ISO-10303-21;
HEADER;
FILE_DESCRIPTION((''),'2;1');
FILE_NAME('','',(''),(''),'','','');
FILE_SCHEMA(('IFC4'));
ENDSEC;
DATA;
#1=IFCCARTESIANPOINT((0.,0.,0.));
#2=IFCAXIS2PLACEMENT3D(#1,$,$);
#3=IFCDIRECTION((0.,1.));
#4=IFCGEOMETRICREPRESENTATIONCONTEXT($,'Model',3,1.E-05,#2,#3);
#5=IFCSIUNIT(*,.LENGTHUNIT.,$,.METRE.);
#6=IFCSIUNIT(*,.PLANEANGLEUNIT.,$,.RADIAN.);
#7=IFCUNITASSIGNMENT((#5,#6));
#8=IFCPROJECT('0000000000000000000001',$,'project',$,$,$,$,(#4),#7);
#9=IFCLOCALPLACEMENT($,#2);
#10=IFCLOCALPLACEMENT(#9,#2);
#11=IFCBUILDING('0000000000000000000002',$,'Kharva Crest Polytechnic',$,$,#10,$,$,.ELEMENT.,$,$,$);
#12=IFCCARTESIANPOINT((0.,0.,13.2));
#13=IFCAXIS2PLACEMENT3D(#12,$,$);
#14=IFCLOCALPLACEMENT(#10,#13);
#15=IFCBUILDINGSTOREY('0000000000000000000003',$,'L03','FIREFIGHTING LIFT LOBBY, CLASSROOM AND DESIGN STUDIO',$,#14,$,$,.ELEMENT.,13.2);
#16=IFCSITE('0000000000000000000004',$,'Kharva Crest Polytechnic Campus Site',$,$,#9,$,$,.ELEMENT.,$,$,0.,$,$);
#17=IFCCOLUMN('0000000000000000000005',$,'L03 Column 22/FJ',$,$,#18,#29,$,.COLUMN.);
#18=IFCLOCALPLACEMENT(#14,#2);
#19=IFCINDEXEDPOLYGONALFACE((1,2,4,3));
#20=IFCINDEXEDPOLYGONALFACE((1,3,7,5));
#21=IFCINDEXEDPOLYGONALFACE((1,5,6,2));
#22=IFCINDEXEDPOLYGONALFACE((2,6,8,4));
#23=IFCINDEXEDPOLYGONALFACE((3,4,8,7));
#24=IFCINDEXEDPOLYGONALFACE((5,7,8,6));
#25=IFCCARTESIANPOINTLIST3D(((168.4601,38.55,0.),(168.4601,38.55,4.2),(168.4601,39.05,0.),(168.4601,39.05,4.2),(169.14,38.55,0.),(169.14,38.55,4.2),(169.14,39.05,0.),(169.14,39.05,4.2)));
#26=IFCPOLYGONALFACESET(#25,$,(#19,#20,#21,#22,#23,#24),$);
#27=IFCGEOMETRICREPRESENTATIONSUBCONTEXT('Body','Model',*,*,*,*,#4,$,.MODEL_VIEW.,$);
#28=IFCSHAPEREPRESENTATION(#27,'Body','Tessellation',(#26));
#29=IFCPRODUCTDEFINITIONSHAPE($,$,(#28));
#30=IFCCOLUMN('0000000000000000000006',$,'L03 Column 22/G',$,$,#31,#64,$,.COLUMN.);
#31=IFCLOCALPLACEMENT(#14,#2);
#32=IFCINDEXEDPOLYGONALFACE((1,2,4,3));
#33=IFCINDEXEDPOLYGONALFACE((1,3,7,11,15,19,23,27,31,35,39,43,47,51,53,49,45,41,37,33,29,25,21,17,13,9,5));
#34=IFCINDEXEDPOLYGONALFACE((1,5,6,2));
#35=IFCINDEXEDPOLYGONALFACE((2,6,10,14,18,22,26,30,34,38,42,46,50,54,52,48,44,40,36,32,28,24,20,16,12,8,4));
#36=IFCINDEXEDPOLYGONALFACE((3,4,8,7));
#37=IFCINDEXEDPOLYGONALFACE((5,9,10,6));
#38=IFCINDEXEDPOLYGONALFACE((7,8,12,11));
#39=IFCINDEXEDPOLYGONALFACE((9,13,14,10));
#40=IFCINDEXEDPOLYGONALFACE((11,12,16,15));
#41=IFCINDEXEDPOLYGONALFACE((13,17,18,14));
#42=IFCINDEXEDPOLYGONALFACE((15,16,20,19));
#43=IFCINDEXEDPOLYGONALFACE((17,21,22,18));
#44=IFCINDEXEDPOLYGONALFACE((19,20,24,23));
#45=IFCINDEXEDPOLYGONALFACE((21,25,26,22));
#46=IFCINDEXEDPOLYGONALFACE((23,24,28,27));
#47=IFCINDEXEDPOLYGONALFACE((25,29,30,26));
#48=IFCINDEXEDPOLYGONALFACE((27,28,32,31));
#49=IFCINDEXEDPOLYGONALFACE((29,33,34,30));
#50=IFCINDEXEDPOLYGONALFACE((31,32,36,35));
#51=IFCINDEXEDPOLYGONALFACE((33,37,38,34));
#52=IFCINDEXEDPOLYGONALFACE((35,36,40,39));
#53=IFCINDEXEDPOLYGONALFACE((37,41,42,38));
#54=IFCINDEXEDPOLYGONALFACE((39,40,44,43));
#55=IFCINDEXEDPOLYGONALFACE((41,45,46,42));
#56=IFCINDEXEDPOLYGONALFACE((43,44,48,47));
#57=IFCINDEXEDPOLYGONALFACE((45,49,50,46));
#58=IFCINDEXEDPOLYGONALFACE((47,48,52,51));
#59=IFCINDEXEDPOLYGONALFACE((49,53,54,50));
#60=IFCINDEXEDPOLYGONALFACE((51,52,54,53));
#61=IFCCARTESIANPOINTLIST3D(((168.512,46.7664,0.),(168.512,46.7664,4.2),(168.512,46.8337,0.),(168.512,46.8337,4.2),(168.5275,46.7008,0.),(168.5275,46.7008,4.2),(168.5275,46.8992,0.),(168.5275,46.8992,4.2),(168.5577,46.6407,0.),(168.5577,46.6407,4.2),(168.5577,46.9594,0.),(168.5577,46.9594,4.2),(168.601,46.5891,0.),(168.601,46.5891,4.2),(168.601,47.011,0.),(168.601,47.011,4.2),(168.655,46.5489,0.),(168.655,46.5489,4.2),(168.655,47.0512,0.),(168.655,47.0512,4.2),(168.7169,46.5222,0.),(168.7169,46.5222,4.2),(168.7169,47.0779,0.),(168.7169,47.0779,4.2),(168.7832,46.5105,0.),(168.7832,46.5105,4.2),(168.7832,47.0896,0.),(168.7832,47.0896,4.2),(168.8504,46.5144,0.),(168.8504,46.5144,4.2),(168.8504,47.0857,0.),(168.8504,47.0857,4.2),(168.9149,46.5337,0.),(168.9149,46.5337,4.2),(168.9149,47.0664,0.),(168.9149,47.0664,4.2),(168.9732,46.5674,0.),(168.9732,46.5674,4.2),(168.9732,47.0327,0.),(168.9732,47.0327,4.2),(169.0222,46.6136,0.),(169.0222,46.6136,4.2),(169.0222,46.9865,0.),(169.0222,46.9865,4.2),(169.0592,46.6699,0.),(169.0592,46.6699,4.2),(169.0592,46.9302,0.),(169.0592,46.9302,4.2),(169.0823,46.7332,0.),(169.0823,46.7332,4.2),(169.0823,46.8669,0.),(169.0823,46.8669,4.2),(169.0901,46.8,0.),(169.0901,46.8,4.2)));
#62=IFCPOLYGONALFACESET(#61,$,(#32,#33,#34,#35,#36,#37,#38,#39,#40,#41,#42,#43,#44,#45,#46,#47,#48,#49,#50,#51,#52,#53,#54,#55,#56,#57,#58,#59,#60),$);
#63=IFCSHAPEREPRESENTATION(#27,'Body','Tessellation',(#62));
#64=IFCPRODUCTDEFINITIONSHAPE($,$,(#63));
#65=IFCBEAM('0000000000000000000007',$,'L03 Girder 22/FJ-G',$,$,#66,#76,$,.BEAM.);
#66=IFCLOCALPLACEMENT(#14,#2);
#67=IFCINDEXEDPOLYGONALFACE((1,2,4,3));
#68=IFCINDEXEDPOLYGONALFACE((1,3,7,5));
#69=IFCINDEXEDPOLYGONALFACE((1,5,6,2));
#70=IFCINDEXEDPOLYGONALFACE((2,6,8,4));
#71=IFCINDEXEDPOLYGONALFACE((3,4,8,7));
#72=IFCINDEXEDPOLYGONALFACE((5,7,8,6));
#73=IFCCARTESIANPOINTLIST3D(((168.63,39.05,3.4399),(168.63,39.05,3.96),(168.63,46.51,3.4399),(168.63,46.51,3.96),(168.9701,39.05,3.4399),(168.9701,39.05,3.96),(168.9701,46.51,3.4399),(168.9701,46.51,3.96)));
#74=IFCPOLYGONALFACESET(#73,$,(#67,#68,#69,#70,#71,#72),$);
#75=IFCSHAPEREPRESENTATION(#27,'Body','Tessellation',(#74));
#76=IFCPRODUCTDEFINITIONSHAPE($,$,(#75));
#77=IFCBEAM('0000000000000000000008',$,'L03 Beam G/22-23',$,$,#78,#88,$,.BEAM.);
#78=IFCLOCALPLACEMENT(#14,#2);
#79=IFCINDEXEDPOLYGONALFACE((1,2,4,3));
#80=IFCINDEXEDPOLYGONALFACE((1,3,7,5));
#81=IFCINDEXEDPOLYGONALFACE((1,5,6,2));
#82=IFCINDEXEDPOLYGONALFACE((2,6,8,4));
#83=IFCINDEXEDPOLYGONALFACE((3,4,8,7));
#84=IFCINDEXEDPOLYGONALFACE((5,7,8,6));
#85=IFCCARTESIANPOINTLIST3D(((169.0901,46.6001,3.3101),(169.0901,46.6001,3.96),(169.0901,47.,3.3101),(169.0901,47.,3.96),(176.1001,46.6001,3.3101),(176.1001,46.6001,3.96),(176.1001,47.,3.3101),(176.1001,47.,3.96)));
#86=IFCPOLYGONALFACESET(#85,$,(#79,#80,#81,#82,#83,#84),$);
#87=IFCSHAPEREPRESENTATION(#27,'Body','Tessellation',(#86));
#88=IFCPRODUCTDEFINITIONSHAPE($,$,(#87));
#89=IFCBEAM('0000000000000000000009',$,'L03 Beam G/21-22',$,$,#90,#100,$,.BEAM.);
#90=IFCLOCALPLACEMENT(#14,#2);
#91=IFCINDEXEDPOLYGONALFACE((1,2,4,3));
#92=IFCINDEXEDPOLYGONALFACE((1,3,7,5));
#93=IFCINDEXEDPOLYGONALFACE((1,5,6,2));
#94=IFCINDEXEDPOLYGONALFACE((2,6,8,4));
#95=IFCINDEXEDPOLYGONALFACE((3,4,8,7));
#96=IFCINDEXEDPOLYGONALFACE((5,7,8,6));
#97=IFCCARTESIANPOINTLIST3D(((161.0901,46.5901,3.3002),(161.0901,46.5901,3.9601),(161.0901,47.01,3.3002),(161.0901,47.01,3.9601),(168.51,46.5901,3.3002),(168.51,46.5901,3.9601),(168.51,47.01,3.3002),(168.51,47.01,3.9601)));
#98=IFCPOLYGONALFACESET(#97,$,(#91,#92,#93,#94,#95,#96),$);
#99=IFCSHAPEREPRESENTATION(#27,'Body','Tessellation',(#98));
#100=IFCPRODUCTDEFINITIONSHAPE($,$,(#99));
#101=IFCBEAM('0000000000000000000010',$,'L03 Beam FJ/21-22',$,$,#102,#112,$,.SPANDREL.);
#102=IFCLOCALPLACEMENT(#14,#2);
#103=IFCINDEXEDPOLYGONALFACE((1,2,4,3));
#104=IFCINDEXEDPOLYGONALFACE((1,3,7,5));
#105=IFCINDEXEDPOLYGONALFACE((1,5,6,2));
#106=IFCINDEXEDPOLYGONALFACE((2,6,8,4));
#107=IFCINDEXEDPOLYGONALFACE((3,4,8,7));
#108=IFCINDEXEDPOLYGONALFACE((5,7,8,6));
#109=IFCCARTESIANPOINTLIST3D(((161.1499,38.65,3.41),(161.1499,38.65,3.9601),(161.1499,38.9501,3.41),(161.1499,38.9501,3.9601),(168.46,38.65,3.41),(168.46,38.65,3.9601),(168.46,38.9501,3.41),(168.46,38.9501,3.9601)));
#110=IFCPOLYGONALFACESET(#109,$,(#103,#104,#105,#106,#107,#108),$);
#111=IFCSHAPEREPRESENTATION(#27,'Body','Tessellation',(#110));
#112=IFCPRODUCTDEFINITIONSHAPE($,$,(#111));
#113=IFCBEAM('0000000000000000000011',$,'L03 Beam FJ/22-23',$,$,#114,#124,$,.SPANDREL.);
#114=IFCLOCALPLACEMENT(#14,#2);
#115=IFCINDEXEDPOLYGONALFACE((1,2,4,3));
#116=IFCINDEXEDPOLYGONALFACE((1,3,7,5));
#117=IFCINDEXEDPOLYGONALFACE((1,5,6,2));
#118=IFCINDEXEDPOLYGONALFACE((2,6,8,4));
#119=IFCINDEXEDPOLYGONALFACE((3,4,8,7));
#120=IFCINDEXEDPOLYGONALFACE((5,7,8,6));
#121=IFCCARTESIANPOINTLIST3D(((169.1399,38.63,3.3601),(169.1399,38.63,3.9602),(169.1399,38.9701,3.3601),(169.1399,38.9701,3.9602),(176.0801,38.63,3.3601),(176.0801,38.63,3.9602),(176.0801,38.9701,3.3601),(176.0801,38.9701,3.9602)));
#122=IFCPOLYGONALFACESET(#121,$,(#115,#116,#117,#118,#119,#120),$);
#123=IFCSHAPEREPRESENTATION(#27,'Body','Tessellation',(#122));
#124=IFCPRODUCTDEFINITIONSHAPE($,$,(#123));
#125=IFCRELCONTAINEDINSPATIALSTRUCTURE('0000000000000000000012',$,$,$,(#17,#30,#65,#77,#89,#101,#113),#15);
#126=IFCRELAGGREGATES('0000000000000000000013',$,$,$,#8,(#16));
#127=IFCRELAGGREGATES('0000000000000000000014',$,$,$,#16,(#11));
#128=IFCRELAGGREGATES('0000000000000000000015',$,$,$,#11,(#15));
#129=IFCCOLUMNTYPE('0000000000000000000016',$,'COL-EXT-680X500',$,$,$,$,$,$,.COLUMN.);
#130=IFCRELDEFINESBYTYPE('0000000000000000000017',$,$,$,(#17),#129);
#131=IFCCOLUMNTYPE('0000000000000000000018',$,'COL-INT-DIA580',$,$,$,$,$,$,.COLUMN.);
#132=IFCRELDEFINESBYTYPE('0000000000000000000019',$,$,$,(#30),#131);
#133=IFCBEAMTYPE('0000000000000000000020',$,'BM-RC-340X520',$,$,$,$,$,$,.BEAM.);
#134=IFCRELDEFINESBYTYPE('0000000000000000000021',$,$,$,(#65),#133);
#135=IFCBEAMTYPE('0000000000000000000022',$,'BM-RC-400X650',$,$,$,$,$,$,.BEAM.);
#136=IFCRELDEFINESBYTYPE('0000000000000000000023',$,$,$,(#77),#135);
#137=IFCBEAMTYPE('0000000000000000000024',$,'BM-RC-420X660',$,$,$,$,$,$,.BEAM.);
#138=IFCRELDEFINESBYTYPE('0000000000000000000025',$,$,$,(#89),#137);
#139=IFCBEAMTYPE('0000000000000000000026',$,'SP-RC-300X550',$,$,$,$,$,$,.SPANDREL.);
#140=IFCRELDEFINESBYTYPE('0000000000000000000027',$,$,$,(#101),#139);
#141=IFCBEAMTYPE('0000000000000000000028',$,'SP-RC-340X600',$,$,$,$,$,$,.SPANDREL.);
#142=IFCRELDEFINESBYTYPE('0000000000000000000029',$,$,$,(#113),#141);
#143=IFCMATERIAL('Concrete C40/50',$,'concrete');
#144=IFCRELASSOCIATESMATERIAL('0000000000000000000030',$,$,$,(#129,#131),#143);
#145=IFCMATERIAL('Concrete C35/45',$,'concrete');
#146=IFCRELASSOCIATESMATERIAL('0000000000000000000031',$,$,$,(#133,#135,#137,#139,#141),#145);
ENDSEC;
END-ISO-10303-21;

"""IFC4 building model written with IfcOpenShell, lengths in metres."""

from ifc_helpers import new_model, si_unit, direction, frame, origin, origin_2d, place, context, subcontext, project, spatial, rectangle, circle, extrude, material, material_profile, profile_set, type_object, element, save


model = new_model("IFC4")

# Units and contexts
model_context = context("Model", 3, precision=1e-05, world=origin(), true_north=direction((0.0, 1.0)))
body_context = subcontext(model_context, "Body", "Model", "MODEL_VIEW")
ifc_project = project(units=[si_unit("LENGTHUNIT", "METRE"), si_unit("PLANEANGLEUNIT", "RADIAN")], contexts=[model_context])

# Site, building, storey
site_placement = place(None, origin())
site = spatial("IfcSite", under=ifc_project, at=site_placement, Name="Kharva Crest Polytechnic Campus Site", CompositionType="ELEMENT", RefElevation=0.0)
building_placement = place(site_placement, origin())
building = spatial("IfcBuilding", under=site, at=building_placement, Name="Kharva Crest Polytechnic", CompositionType="ELEMENT")
storey_placement = place(building_placement, frame((0.0, 0.0, 13.2)))
storey = spatial("IfcBuildingStorey", under=building, at=storey_placement, Name="L03", Description="FIREFIGHTING LIFT LOBBY, CLASSROOM AND DESIGN STUDIO", CompositionType="ELEMENT", Elevation=13.2)

# Columns
ifc_material_1 = material(Name="Concrete C40/50", Category="concrete")
ifc_material_profile_1 = material_profile(ifc_material_1, rectangle(XDim=0.6799, YDim=0.5, at=origin_2d()), Name="RECT 680 X 500")
ifc_profile_set_1 = profile_set([ifc_material_profile_1], Name="Concrete C40/50")
column_type_1 = type_object("IfcColumnType", Name="COL-EXT-680X500", PredefinedType="COLUMN", material=ifc_profile_set_1)
column_1_placement = place(storey_placement, frame((168.8, 38.8, 0.0), z_axis=(0.0, 0.0, 1.0), x_axis=(1.0, 0.0, 0.0)))
element("IfcColumn", 1, at=column_1_placement, inside=storey, type_object=column_type_1, Name="L03 Column 22/FJ", PredefinedType="COLUMN", context=body_context, shape_type="SweptSolid", body=[
    extrude(rectangle(XDim=0.6799, YDim=0.5, at=origin_2d()), origin(), (0.0, 0.0, 1.0), 4.2),
])
ifc_material_profile_2 = material_profile(ifc_material_1, circle(Radius=0.29, at=origin_2d()), Name="DIA 580")
ifc_profile_set_2 = profile_set([ifc_material_profile_2], Name="Concrete C40/50")
column_type_2 = type_object("IfcColumnType", Name="COL-INT-DIA580", PredefinedType="COLUMN", material=ifc_profile_set_2)
column_2_placement = place(storey_placement, frame((168.8, 46.8, 0.0), z_axis=(0.0, 0.0, 1.0), x_axis=(1.0, 0.0, 0.0)))
element("IfcColumn", 2, at=column_2_placement, inside=storey, type_object=column_type_2, Name="L03 Column 22/G", PredefinedType="COLUMN", context=body_context, shape_type="SweptSolid", body=[
    extrude(circle(Radius=0.29, at=origin_2d()), origin(), (0.0, 0.0, 1.0), 4.2),
])

# Beams
ifc_material_2 = material(Name="Concrete C35/45", Category="concrete")
ifc_material_profile_3 = material_profile(ifc_material_2, rectangle(XDim=0.3401, YDim=0.52, at=origin_2d()), Name="RECT 340 X 520")
ifc_profile_set_3 = profile_set([ifc_material_profile_3], Name="Concrete C35/45")
beam_type_1 = type_object("IfcBeamType", Name="BM-RC-340X520", PredefinedType="BEAM", material=ifc_profile_set_3)
beam_1_placement = place(storey_placement, frame((168.8, 39.05, 3.7), z_axis=(0.0, 1.0, 0.0), x_axis=(-1.0, 0.0, 0.0)))
element("IfcBeam", 3, at=beam_1_placement, inside=storey, type_object=beam_type_1, Name="L03 Girder 22/FJ-G", PredefinedType="BEAM", context=body_context, shape_type="SweptSolid", body=[
    extrude(rectangle(XDim=0.3401, YDim=0.52, at=origin_2d()), origin(), (0.0, 0.0, 1.0), 7.46),
])
ifc_material_profile_4 = material_profile(ifc_material_2, rectangle(XDim=0.3999, YDim=0.6499, at=origin_2d()), Name="RECT 400 X 650")
ifc_profile_set_4 = profile_set([ifc_material_profile_4], Name="Concrete C35/45")
beam_type_2 = type_object("IfcBeamType", Name="BM-RC-400X650", PredefinedType="BEAM", material=ifc_profile_set_4)
beam_2_placement = place(storey_placement, frame((169.0901, 46.8, 3.635), z_axis=(1.0, 0.0, 0.0), x_axis=(0.0, 1.0, 0.0)))
element("IfcBeam", 4, at=beam_2_placement, inside=storey, type_object=beam_type_2, Name="L03 Beam G/22-23", PredefinedType="BEAM", context=body_context, shape_type="SweptSolid", body=[
    extrude(rectangle(XDim=0.3999, YDim=0.6499, at=origin_2d()), origin(), (0.0, 0.0, 1.0), 7.01),
])
ifc_material_profile_5 = material_profile(ifc_material_2, rectangle(XDim=0.4199, YDim=0.6599, at=origin_2d()), Name="RECT 420 X 660")
ifc_profile_set_5 = profile_set([ifc_material_profile_5], Name="Concrete C35/45")
beam_type_3 = type_object("IfcBeamType", Name="BM-RC-420X660", PredefinedType="BEAM", material=ifc_profile_set_5)
beam_3_placement = place(storey_placement, frame((161.0901, 46.8, 3.6301), z_axis=(1.0, 0.0, 0.0), x_axis=(0.0, 1.0, 0.0)))
element("IfcBeam", 5, at=beam_3_placement, inside=storey, type_object=beam_type_3, Name="L03 Beam G/21-22", PredefinedType="BEAM", context=body_context, shape_type="SweptSolid", body=[
    extrude(rectangle(XDim=0.4199, YDim=0.6599, at=origin_2d()), origin(), (0.0, 0.0, 1.0), 7.4199),
])
ifc_material_profile_6 = material_profile(ifc_material_2, rectangle(XDim=0.3, YDim=0.55, at=origin_2d()), Name="RECT 300 X 550")
ifc_profile_set_6 = profile_set([ifc_material_profile_6], Name="Concrete C35/45")
beam_type_4 = type_object("IfcBeamType", Name="SP-RC-300X550", PredefinedType="SPANDREL", material=ifc_profile_set_6)
beam_4_placement = place(storey_placement, frame((161.1499, 38.8, 3.6851), z_axis=(1.0, 0.0, 0.0), x_axis=(0.0, 1.0, 0.0)))
element("IfcBeam", 6, at=beam_4_placement, inside=storey, type_object=beam_type_4, Name="L03 Beam FJ/21-22", PredefinedType="SPANDREL", context=body_context, shape_type="SweptSolid", body=[
    extrude(rectangle(XDim=0.3, YDim=0.55, at=origin_2d()), origin(), (0.0, 0.0, 1.0), 7.3101),
])
ifc_material_profile_7 = material_profile(ifc_material_2, rectangle(XDim=0.3401, YDim=0.6001, at=origin_2d()), Name="RECT 340 X 600")
ifc_profile_set_7 = profile_set([ifc_material_profile_7], Name="Concrete C35/45")
beam_type_5 = type_object("IfcBeamType", Name="SP-RC-340X600", PredefinedType="SPANDREL", material=ifc_profile_set_7)
beam_5_placement = place(storey_placement, frame((169.1399, 38.8, 3.6602), z_axis=(1.0, 0.0, 0.0), x_axis=(0.0, 1.0, 0.0)))
element("IfcBeam", 7, at=beam_5_placement, inside=storey, type_object=beam_type_5, Name="L03 Beam FJ/22-23", PredefinedType="SPANDREL", context=body_context, shape_type="SweptSolid", body=[
    extrude(rectangle(XDim=0.3401, YDim=0.6001, at=origin_2d()), origin(), (0.0, 0.0, 1.0), 6.9402),
])

save(model, "model.ifc")
